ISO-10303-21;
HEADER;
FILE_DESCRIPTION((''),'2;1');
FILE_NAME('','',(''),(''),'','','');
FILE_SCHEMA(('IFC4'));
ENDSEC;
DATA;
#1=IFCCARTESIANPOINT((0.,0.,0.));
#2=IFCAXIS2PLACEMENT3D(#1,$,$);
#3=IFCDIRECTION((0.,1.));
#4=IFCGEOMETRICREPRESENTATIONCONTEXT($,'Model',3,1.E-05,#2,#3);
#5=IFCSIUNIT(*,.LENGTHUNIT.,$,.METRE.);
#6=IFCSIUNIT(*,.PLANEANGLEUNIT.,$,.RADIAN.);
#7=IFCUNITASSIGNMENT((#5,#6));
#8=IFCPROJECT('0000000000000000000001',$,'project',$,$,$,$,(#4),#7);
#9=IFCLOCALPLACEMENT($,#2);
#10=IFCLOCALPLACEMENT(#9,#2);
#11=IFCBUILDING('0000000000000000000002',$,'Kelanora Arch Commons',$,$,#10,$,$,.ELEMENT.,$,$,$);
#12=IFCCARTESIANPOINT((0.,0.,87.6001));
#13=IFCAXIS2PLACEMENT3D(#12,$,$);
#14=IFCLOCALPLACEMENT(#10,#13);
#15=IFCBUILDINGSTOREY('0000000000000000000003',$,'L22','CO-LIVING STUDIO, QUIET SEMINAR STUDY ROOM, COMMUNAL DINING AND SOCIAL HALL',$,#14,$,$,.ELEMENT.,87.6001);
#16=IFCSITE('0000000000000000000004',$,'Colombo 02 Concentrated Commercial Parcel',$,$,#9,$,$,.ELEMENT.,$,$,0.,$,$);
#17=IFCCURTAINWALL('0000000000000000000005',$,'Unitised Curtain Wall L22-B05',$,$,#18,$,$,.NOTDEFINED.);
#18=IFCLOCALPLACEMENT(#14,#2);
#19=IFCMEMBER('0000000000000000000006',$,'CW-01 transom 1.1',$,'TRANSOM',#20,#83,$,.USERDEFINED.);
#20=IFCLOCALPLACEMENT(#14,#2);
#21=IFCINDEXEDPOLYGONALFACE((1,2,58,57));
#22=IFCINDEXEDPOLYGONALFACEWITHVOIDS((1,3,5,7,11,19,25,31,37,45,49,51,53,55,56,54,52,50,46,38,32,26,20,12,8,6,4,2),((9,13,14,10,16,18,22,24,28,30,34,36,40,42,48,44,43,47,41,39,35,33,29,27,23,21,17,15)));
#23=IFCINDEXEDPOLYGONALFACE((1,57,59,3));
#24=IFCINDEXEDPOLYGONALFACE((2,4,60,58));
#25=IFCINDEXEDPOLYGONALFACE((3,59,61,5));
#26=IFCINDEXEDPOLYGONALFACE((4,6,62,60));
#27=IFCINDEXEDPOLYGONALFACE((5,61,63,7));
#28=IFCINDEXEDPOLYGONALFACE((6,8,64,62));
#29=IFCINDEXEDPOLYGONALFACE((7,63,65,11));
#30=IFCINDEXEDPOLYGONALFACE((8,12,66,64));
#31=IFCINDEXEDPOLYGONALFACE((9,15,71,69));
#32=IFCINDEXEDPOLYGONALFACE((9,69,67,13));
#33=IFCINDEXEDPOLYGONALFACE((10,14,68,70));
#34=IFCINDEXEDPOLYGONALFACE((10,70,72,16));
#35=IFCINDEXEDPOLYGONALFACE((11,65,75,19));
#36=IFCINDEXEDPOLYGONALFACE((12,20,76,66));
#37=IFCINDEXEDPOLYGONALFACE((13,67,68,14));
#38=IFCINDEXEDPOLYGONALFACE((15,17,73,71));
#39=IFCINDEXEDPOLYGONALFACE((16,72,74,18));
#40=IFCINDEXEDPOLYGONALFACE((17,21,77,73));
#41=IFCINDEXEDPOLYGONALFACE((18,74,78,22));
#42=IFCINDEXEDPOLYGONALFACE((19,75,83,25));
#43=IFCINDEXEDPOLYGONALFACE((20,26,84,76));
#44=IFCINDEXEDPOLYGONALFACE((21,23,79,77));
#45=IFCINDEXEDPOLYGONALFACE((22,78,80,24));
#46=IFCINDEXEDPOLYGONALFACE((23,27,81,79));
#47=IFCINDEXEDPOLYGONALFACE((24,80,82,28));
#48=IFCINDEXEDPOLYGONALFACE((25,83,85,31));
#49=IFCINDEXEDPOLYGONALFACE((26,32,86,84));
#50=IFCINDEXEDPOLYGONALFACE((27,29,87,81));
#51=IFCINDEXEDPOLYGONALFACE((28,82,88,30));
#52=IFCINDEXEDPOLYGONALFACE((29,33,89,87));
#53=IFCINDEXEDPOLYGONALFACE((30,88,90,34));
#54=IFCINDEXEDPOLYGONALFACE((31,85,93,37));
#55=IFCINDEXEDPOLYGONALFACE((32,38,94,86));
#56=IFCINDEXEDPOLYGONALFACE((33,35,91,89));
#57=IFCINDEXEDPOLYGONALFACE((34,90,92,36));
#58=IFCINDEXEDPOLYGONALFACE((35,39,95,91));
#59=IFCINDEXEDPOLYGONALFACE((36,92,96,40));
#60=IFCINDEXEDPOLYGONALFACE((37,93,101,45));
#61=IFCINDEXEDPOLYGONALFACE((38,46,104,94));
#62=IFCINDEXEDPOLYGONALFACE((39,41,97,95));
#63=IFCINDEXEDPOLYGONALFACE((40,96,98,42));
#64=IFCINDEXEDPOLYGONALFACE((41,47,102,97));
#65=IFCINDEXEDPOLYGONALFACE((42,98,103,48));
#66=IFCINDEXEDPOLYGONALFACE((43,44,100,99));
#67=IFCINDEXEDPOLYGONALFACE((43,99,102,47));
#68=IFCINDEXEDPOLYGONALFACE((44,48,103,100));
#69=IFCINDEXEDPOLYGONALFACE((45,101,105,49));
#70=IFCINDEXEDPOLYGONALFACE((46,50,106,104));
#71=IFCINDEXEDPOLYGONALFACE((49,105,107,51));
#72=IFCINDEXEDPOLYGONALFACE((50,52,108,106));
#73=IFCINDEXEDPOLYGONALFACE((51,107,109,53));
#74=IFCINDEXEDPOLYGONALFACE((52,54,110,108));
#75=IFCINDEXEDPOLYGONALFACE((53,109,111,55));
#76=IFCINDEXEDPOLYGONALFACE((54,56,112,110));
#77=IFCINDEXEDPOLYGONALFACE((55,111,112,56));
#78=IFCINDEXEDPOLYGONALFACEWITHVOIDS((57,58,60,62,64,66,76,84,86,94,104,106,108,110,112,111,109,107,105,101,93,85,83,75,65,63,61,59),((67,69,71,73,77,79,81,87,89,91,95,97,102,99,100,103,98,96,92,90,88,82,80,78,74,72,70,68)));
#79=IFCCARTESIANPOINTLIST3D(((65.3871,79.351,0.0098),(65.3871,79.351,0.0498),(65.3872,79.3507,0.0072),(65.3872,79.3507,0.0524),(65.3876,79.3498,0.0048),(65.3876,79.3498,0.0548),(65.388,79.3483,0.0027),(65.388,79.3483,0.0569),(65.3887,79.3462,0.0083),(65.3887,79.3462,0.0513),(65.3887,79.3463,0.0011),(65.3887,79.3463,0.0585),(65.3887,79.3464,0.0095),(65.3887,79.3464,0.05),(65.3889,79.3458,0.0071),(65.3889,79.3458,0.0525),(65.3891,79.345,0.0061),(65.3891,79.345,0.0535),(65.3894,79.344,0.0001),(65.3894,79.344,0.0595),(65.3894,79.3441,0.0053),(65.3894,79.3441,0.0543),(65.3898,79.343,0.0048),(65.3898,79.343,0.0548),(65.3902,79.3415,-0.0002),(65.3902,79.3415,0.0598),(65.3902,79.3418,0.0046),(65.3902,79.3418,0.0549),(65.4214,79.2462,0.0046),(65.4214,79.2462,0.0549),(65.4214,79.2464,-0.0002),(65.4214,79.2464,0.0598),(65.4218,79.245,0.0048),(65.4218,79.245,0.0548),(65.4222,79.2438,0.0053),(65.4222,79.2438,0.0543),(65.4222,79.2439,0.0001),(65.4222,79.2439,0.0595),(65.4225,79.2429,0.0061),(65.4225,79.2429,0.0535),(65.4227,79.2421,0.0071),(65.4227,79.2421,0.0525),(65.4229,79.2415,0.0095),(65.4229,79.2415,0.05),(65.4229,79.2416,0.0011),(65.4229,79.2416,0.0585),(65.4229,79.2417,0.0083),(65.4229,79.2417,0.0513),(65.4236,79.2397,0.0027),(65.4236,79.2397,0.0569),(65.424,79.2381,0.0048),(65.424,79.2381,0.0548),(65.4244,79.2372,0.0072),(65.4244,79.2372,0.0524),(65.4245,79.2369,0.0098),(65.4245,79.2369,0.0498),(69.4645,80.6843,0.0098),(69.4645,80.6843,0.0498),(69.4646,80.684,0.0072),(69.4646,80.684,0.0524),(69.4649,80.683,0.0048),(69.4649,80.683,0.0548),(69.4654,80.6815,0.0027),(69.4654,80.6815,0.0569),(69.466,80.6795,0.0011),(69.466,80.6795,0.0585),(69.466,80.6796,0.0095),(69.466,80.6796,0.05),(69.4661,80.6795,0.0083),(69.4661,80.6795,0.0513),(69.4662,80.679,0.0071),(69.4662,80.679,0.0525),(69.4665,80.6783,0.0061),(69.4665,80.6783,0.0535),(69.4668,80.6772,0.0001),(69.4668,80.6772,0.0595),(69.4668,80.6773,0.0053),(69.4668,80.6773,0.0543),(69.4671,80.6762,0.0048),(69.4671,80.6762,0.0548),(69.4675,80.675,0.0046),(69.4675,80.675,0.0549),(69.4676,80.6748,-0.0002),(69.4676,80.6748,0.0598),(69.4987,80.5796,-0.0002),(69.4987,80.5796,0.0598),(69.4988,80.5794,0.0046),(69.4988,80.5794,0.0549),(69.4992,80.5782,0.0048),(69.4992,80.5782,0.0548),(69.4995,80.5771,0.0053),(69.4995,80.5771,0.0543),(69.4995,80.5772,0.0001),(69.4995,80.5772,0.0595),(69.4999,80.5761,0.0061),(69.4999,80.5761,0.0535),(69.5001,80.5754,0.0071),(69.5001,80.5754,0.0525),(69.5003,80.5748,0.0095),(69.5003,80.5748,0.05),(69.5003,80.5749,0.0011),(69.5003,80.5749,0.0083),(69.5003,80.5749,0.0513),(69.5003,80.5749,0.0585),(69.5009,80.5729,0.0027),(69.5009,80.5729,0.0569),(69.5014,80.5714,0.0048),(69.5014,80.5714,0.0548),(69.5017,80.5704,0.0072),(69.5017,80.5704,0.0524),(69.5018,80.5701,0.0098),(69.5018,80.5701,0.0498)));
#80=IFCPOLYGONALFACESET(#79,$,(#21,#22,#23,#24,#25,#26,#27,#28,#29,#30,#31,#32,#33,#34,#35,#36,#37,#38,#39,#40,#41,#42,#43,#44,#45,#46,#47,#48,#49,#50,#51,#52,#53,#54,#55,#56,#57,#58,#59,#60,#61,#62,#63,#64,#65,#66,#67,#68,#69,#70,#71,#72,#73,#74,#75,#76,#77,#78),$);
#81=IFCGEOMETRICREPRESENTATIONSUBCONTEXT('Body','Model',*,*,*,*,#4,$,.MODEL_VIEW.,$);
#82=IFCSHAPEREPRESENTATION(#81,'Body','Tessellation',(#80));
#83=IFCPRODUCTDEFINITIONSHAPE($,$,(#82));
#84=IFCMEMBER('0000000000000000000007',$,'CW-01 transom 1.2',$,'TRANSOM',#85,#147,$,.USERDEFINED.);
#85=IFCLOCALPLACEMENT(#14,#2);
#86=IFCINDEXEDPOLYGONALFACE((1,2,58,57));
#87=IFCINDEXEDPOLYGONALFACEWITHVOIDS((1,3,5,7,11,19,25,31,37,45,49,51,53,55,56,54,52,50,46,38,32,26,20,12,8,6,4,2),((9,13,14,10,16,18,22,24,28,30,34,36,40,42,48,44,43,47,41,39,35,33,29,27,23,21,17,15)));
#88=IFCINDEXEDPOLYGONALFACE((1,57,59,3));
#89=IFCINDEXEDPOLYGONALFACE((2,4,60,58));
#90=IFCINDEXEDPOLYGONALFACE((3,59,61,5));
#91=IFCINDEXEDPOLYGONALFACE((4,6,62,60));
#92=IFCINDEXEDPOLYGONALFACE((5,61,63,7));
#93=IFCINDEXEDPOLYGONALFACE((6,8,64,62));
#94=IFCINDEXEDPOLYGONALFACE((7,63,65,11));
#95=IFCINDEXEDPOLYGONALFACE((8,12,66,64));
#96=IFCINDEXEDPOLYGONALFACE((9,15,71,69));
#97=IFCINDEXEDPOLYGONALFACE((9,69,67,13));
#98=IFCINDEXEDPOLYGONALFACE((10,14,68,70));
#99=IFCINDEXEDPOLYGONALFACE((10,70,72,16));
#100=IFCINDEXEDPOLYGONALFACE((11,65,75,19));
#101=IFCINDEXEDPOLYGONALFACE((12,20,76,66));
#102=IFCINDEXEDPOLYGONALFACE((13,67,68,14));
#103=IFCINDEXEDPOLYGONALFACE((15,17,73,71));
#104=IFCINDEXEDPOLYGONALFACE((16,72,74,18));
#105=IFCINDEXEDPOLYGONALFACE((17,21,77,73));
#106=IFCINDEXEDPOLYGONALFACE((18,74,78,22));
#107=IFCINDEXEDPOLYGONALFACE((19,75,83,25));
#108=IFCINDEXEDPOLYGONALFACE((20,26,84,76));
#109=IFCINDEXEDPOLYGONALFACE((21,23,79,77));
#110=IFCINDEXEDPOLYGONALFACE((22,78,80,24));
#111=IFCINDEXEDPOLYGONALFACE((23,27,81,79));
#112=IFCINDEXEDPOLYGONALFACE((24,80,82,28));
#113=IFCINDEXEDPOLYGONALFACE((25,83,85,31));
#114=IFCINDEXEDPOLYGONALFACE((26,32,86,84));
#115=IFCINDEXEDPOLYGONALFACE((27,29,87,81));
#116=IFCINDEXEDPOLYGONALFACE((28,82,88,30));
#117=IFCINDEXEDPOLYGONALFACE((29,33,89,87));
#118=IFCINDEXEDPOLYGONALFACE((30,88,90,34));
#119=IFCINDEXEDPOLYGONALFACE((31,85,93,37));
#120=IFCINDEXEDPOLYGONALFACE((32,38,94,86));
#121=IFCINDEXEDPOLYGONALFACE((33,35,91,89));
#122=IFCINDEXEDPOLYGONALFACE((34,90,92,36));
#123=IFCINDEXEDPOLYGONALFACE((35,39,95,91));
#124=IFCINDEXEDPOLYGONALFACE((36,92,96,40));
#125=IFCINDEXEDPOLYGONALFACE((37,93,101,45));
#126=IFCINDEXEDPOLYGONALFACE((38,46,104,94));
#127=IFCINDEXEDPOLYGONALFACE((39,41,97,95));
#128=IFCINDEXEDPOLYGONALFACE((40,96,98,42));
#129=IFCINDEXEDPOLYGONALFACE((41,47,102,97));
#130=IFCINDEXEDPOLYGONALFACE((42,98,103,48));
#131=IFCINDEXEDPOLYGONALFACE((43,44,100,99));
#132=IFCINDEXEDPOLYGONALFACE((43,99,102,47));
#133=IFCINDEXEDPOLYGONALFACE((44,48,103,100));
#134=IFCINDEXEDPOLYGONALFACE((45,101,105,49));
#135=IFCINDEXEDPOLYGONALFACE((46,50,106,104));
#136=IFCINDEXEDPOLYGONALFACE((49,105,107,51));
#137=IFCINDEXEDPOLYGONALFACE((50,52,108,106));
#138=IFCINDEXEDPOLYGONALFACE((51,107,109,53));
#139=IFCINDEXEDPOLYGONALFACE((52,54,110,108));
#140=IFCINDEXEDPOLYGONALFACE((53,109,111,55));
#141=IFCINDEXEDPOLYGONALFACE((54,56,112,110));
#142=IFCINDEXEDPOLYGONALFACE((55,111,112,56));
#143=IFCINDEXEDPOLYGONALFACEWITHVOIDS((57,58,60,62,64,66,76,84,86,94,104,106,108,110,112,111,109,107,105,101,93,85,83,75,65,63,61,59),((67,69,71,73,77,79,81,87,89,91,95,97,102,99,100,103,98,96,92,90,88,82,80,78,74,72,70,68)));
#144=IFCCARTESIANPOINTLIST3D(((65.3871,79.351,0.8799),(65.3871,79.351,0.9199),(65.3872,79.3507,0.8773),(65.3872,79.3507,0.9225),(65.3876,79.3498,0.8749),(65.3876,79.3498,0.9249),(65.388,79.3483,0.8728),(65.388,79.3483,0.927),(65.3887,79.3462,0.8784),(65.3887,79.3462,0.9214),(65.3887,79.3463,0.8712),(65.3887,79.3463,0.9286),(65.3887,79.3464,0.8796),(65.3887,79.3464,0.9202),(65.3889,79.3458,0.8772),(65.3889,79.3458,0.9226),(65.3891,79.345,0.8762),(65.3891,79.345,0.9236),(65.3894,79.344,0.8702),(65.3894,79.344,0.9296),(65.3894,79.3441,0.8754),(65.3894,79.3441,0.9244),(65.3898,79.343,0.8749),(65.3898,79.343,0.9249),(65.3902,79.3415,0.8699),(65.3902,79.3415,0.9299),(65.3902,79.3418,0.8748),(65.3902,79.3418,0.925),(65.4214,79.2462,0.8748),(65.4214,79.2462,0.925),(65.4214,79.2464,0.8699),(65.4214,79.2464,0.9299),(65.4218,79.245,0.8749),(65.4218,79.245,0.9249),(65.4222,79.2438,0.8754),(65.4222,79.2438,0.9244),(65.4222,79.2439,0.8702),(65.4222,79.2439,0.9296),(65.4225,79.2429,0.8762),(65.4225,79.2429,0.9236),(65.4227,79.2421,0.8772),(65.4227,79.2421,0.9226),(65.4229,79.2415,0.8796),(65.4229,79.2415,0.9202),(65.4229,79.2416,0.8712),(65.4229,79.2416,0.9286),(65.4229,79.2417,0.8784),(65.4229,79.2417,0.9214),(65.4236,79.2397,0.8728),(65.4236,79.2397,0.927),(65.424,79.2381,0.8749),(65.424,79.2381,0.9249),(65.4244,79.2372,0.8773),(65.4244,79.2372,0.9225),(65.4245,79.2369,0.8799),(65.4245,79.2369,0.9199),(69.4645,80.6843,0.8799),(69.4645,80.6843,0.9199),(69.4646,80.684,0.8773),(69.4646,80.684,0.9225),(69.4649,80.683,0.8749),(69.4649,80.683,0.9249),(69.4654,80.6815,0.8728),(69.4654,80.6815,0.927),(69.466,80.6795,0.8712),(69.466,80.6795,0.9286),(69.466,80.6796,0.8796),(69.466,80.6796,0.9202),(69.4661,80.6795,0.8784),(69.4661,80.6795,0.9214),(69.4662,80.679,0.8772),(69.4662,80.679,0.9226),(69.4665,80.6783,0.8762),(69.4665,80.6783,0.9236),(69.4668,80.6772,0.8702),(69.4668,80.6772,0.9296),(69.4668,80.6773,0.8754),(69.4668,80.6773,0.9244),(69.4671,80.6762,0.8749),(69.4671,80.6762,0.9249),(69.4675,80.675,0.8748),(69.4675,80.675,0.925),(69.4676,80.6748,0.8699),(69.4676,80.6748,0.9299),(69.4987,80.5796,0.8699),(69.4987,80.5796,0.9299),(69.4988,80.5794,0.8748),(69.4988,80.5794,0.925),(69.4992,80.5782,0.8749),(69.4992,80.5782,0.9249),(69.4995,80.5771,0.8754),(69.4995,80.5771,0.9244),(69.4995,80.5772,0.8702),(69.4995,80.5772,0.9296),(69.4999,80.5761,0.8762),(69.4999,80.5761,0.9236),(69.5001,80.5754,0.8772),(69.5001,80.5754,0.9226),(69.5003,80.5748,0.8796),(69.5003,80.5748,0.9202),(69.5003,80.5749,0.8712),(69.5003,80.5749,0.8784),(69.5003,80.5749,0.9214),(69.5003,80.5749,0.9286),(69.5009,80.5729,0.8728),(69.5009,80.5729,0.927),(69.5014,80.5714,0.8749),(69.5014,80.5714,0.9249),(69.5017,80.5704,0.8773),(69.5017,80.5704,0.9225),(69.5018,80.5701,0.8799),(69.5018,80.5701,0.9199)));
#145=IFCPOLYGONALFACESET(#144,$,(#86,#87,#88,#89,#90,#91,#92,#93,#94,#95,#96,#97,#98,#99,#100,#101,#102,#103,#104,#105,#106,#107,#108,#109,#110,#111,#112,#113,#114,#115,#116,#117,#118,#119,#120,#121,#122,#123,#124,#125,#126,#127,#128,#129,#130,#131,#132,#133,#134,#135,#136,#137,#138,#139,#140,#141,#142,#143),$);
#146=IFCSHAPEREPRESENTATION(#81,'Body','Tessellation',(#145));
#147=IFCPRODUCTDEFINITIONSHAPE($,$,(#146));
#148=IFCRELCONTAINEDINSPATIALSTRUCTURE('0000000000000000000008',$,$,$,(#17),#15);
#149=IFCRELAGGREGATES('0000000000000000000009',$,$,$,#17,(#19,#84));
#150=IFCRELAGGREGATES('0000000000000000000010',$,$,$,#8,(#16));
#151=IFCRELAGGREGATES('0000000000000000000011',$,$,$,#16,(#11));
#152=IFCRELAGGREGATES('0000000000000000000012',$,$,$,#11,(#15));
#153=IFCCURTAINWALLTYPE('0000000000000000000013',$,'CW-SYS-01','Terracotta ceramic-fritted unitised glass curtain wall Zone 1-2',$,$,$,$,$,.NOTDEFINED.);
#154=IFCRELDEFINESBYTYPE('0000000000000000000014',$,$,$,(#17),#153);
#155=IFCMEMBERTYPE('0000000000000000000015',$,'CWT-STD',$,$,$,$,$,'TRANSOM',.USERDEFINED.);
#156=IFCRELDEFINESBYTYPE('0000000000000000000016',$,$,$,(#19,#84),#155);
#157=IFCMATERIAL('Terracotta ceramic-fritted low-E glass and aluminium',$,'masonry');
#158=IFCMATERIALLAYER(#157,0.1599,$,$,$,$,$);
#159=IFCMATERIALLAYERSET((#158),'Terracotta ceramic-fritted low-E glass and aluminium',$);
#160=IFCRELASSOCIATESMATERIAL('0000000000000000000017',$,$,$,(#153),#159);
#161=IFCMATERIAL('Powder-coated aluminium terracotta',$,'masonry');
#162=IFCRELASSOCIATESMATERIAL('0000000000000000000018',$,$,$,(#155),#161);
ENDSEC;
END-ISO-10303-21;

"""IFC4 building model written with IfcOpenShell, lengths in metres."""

from ifc_helpers import new_model, si_unit, direction, frame, origin, origin_2d, place, context, subcontext, project, spatial, hollow_rectangle, extrude, material, layer, layer_set, material_profile, profile_set, type_object, element, aggregate, save


model = new_model("IFC4")

# Units and contexts
model_context = context("Model", 3, precision=1e-05, world=origin(), true_north=direction((0.0, 1.0)))
body_context = subcontext(model_context, "Body", "Model", "MODEL_VIEW")
ifc_project = project(units=[si_unit("LENGTHUNIT", "METRE"), si_unit("PLANEANGLEUNIT", "RADIAN")], contexts=[model_context])

# Site, building, storey
site_placement = place(None, origin())
site = spatial("IfcSite", under=ifc_project, at=site_placement, Name="Colombo 02 Concentrated Commercial Parcel", CompositionType="ELEMENT", RefElevation=0.0)
building_placement = place(site_placement, origin())
building = spatial("IfcBuilding", under=site, at=building_placement, Name="Kelanora Arch Commons", CompositionType="ELEMENT")
storey_placement = place(building_placement, frame((0.0, 0.0, 87.6001)))
storey = spatial("IfcBuildingStorey", under=building, at=storey_placement, Name="L22", Description="CO-LIVING STUDIO, QUIET SEMINAR STUDY ROOM, COMMUNAL DINING AND SOCIAL HALL", CompositionType="ELEMENT", Elevation=87.6001)

# Curtain wall, members
ifc_material_1 = material(Name="Terracotta ceramic-fritted low-E glass and aluminium", Category="masonry")
ifc_layer_1 = layer(ifc_material_1, 0.1599)
ifc_layer_set_1 = layer_set([ifc_layer_1], Name="Terracotta ceramic-fritted low-E glass and aluminium")
curtain_wall_type = type_object("IfcCurtainWallType", Name="CW-SYS-01", Description="Terracotta ceramic-fritted unitised glass curtain wall Zone 1-2", PredefinedType="NOTDEFINED", material=ifc_layer_set_1)
curtain_wall_placement = place(storey_placement, origin())
curtain_wall = element("IfcCurtainWall", 1, at=curtain_wall_placement, inside=storey, type_object=curtain_wall_type, Name="Unitised Curtain Wall L22-B05", PredefinedType="NOTDEFINED")
ifc_material_2 = material(Name="Powder-coated aluminium terracotta", Category="masonry")
ifc_material_profile_1 = material_profile(ifc_material_2, hollow_rectangle(XDim=0.1201, YDim=0.0601, WallThickness=0.0049, InnerFilletRadius=0.0049, OuterFilletRadius=0.01, at=origin_2d()), Name="CWT120x60")
ifc_profile_set_1 = profile_set([ifc_material_profile_1], Name="Powder-coated aluminium terracotta")
member_type_1 = type_object("IfcMemberType", Name="CWT-STD", ElementType="TRANSOM", PredefinedType="USERDEFINED", material=ifc_profile_set_1)
member_1_placement = place(storey_placement, frame((69.4832, 80.6272, 0.0298), z_axis=(-0.950478, -0.310793, 0.0), x_axis=(0.310793, -0.950478, 0.0)))
member_1 = element("IfcMember", 2, at=member_1_placement, type_object=member_type_1, Name="CW-01 transom 1.1", ObjectType="TRANSOM", PredefinedType="USERDEFINED", context=body_context, shape_type="SweptSolid", body=[
    extrude(hollow_rectangle(XDim=0.1201, YDim=0.0601, WallThickness=0.0049, InnerFilletRadius=0.0049, OuterFilletRadius=0.01, at=origin_2d()), origin(), (0.0, 0.0, 1.0), 4.2898),
])
member_2_placement = place(storey_placement, frame((69.4832, 80.6272, 0.8999), z_axis=(-0.950478, -0.310793, 0.0), x_axis=(0.310793, -0.950478, 0.0)))
member_2 = element("IfcMember", 3, at=member_2_placement, type_object=member_type_1, Name="CW-01 transom 1.2", ObjectType="TRANSOM", PredefinedType="USERDEFINED", context=body_context, shape_type="SweptSolid", body=[
    extrude(hollow_rectangle(XDim=0.1201, YDim=0.0601, WallThickness=0.0049, InnerFilletRadius=0.0049, OuterFilletRadius=0.01, at=origin_2d()), origin(), (0.0, 0.0, 1.0), 4.2898),
])
aggregate(curtain_wall, [member_1, member_2])

save(model, "model.ifc")
